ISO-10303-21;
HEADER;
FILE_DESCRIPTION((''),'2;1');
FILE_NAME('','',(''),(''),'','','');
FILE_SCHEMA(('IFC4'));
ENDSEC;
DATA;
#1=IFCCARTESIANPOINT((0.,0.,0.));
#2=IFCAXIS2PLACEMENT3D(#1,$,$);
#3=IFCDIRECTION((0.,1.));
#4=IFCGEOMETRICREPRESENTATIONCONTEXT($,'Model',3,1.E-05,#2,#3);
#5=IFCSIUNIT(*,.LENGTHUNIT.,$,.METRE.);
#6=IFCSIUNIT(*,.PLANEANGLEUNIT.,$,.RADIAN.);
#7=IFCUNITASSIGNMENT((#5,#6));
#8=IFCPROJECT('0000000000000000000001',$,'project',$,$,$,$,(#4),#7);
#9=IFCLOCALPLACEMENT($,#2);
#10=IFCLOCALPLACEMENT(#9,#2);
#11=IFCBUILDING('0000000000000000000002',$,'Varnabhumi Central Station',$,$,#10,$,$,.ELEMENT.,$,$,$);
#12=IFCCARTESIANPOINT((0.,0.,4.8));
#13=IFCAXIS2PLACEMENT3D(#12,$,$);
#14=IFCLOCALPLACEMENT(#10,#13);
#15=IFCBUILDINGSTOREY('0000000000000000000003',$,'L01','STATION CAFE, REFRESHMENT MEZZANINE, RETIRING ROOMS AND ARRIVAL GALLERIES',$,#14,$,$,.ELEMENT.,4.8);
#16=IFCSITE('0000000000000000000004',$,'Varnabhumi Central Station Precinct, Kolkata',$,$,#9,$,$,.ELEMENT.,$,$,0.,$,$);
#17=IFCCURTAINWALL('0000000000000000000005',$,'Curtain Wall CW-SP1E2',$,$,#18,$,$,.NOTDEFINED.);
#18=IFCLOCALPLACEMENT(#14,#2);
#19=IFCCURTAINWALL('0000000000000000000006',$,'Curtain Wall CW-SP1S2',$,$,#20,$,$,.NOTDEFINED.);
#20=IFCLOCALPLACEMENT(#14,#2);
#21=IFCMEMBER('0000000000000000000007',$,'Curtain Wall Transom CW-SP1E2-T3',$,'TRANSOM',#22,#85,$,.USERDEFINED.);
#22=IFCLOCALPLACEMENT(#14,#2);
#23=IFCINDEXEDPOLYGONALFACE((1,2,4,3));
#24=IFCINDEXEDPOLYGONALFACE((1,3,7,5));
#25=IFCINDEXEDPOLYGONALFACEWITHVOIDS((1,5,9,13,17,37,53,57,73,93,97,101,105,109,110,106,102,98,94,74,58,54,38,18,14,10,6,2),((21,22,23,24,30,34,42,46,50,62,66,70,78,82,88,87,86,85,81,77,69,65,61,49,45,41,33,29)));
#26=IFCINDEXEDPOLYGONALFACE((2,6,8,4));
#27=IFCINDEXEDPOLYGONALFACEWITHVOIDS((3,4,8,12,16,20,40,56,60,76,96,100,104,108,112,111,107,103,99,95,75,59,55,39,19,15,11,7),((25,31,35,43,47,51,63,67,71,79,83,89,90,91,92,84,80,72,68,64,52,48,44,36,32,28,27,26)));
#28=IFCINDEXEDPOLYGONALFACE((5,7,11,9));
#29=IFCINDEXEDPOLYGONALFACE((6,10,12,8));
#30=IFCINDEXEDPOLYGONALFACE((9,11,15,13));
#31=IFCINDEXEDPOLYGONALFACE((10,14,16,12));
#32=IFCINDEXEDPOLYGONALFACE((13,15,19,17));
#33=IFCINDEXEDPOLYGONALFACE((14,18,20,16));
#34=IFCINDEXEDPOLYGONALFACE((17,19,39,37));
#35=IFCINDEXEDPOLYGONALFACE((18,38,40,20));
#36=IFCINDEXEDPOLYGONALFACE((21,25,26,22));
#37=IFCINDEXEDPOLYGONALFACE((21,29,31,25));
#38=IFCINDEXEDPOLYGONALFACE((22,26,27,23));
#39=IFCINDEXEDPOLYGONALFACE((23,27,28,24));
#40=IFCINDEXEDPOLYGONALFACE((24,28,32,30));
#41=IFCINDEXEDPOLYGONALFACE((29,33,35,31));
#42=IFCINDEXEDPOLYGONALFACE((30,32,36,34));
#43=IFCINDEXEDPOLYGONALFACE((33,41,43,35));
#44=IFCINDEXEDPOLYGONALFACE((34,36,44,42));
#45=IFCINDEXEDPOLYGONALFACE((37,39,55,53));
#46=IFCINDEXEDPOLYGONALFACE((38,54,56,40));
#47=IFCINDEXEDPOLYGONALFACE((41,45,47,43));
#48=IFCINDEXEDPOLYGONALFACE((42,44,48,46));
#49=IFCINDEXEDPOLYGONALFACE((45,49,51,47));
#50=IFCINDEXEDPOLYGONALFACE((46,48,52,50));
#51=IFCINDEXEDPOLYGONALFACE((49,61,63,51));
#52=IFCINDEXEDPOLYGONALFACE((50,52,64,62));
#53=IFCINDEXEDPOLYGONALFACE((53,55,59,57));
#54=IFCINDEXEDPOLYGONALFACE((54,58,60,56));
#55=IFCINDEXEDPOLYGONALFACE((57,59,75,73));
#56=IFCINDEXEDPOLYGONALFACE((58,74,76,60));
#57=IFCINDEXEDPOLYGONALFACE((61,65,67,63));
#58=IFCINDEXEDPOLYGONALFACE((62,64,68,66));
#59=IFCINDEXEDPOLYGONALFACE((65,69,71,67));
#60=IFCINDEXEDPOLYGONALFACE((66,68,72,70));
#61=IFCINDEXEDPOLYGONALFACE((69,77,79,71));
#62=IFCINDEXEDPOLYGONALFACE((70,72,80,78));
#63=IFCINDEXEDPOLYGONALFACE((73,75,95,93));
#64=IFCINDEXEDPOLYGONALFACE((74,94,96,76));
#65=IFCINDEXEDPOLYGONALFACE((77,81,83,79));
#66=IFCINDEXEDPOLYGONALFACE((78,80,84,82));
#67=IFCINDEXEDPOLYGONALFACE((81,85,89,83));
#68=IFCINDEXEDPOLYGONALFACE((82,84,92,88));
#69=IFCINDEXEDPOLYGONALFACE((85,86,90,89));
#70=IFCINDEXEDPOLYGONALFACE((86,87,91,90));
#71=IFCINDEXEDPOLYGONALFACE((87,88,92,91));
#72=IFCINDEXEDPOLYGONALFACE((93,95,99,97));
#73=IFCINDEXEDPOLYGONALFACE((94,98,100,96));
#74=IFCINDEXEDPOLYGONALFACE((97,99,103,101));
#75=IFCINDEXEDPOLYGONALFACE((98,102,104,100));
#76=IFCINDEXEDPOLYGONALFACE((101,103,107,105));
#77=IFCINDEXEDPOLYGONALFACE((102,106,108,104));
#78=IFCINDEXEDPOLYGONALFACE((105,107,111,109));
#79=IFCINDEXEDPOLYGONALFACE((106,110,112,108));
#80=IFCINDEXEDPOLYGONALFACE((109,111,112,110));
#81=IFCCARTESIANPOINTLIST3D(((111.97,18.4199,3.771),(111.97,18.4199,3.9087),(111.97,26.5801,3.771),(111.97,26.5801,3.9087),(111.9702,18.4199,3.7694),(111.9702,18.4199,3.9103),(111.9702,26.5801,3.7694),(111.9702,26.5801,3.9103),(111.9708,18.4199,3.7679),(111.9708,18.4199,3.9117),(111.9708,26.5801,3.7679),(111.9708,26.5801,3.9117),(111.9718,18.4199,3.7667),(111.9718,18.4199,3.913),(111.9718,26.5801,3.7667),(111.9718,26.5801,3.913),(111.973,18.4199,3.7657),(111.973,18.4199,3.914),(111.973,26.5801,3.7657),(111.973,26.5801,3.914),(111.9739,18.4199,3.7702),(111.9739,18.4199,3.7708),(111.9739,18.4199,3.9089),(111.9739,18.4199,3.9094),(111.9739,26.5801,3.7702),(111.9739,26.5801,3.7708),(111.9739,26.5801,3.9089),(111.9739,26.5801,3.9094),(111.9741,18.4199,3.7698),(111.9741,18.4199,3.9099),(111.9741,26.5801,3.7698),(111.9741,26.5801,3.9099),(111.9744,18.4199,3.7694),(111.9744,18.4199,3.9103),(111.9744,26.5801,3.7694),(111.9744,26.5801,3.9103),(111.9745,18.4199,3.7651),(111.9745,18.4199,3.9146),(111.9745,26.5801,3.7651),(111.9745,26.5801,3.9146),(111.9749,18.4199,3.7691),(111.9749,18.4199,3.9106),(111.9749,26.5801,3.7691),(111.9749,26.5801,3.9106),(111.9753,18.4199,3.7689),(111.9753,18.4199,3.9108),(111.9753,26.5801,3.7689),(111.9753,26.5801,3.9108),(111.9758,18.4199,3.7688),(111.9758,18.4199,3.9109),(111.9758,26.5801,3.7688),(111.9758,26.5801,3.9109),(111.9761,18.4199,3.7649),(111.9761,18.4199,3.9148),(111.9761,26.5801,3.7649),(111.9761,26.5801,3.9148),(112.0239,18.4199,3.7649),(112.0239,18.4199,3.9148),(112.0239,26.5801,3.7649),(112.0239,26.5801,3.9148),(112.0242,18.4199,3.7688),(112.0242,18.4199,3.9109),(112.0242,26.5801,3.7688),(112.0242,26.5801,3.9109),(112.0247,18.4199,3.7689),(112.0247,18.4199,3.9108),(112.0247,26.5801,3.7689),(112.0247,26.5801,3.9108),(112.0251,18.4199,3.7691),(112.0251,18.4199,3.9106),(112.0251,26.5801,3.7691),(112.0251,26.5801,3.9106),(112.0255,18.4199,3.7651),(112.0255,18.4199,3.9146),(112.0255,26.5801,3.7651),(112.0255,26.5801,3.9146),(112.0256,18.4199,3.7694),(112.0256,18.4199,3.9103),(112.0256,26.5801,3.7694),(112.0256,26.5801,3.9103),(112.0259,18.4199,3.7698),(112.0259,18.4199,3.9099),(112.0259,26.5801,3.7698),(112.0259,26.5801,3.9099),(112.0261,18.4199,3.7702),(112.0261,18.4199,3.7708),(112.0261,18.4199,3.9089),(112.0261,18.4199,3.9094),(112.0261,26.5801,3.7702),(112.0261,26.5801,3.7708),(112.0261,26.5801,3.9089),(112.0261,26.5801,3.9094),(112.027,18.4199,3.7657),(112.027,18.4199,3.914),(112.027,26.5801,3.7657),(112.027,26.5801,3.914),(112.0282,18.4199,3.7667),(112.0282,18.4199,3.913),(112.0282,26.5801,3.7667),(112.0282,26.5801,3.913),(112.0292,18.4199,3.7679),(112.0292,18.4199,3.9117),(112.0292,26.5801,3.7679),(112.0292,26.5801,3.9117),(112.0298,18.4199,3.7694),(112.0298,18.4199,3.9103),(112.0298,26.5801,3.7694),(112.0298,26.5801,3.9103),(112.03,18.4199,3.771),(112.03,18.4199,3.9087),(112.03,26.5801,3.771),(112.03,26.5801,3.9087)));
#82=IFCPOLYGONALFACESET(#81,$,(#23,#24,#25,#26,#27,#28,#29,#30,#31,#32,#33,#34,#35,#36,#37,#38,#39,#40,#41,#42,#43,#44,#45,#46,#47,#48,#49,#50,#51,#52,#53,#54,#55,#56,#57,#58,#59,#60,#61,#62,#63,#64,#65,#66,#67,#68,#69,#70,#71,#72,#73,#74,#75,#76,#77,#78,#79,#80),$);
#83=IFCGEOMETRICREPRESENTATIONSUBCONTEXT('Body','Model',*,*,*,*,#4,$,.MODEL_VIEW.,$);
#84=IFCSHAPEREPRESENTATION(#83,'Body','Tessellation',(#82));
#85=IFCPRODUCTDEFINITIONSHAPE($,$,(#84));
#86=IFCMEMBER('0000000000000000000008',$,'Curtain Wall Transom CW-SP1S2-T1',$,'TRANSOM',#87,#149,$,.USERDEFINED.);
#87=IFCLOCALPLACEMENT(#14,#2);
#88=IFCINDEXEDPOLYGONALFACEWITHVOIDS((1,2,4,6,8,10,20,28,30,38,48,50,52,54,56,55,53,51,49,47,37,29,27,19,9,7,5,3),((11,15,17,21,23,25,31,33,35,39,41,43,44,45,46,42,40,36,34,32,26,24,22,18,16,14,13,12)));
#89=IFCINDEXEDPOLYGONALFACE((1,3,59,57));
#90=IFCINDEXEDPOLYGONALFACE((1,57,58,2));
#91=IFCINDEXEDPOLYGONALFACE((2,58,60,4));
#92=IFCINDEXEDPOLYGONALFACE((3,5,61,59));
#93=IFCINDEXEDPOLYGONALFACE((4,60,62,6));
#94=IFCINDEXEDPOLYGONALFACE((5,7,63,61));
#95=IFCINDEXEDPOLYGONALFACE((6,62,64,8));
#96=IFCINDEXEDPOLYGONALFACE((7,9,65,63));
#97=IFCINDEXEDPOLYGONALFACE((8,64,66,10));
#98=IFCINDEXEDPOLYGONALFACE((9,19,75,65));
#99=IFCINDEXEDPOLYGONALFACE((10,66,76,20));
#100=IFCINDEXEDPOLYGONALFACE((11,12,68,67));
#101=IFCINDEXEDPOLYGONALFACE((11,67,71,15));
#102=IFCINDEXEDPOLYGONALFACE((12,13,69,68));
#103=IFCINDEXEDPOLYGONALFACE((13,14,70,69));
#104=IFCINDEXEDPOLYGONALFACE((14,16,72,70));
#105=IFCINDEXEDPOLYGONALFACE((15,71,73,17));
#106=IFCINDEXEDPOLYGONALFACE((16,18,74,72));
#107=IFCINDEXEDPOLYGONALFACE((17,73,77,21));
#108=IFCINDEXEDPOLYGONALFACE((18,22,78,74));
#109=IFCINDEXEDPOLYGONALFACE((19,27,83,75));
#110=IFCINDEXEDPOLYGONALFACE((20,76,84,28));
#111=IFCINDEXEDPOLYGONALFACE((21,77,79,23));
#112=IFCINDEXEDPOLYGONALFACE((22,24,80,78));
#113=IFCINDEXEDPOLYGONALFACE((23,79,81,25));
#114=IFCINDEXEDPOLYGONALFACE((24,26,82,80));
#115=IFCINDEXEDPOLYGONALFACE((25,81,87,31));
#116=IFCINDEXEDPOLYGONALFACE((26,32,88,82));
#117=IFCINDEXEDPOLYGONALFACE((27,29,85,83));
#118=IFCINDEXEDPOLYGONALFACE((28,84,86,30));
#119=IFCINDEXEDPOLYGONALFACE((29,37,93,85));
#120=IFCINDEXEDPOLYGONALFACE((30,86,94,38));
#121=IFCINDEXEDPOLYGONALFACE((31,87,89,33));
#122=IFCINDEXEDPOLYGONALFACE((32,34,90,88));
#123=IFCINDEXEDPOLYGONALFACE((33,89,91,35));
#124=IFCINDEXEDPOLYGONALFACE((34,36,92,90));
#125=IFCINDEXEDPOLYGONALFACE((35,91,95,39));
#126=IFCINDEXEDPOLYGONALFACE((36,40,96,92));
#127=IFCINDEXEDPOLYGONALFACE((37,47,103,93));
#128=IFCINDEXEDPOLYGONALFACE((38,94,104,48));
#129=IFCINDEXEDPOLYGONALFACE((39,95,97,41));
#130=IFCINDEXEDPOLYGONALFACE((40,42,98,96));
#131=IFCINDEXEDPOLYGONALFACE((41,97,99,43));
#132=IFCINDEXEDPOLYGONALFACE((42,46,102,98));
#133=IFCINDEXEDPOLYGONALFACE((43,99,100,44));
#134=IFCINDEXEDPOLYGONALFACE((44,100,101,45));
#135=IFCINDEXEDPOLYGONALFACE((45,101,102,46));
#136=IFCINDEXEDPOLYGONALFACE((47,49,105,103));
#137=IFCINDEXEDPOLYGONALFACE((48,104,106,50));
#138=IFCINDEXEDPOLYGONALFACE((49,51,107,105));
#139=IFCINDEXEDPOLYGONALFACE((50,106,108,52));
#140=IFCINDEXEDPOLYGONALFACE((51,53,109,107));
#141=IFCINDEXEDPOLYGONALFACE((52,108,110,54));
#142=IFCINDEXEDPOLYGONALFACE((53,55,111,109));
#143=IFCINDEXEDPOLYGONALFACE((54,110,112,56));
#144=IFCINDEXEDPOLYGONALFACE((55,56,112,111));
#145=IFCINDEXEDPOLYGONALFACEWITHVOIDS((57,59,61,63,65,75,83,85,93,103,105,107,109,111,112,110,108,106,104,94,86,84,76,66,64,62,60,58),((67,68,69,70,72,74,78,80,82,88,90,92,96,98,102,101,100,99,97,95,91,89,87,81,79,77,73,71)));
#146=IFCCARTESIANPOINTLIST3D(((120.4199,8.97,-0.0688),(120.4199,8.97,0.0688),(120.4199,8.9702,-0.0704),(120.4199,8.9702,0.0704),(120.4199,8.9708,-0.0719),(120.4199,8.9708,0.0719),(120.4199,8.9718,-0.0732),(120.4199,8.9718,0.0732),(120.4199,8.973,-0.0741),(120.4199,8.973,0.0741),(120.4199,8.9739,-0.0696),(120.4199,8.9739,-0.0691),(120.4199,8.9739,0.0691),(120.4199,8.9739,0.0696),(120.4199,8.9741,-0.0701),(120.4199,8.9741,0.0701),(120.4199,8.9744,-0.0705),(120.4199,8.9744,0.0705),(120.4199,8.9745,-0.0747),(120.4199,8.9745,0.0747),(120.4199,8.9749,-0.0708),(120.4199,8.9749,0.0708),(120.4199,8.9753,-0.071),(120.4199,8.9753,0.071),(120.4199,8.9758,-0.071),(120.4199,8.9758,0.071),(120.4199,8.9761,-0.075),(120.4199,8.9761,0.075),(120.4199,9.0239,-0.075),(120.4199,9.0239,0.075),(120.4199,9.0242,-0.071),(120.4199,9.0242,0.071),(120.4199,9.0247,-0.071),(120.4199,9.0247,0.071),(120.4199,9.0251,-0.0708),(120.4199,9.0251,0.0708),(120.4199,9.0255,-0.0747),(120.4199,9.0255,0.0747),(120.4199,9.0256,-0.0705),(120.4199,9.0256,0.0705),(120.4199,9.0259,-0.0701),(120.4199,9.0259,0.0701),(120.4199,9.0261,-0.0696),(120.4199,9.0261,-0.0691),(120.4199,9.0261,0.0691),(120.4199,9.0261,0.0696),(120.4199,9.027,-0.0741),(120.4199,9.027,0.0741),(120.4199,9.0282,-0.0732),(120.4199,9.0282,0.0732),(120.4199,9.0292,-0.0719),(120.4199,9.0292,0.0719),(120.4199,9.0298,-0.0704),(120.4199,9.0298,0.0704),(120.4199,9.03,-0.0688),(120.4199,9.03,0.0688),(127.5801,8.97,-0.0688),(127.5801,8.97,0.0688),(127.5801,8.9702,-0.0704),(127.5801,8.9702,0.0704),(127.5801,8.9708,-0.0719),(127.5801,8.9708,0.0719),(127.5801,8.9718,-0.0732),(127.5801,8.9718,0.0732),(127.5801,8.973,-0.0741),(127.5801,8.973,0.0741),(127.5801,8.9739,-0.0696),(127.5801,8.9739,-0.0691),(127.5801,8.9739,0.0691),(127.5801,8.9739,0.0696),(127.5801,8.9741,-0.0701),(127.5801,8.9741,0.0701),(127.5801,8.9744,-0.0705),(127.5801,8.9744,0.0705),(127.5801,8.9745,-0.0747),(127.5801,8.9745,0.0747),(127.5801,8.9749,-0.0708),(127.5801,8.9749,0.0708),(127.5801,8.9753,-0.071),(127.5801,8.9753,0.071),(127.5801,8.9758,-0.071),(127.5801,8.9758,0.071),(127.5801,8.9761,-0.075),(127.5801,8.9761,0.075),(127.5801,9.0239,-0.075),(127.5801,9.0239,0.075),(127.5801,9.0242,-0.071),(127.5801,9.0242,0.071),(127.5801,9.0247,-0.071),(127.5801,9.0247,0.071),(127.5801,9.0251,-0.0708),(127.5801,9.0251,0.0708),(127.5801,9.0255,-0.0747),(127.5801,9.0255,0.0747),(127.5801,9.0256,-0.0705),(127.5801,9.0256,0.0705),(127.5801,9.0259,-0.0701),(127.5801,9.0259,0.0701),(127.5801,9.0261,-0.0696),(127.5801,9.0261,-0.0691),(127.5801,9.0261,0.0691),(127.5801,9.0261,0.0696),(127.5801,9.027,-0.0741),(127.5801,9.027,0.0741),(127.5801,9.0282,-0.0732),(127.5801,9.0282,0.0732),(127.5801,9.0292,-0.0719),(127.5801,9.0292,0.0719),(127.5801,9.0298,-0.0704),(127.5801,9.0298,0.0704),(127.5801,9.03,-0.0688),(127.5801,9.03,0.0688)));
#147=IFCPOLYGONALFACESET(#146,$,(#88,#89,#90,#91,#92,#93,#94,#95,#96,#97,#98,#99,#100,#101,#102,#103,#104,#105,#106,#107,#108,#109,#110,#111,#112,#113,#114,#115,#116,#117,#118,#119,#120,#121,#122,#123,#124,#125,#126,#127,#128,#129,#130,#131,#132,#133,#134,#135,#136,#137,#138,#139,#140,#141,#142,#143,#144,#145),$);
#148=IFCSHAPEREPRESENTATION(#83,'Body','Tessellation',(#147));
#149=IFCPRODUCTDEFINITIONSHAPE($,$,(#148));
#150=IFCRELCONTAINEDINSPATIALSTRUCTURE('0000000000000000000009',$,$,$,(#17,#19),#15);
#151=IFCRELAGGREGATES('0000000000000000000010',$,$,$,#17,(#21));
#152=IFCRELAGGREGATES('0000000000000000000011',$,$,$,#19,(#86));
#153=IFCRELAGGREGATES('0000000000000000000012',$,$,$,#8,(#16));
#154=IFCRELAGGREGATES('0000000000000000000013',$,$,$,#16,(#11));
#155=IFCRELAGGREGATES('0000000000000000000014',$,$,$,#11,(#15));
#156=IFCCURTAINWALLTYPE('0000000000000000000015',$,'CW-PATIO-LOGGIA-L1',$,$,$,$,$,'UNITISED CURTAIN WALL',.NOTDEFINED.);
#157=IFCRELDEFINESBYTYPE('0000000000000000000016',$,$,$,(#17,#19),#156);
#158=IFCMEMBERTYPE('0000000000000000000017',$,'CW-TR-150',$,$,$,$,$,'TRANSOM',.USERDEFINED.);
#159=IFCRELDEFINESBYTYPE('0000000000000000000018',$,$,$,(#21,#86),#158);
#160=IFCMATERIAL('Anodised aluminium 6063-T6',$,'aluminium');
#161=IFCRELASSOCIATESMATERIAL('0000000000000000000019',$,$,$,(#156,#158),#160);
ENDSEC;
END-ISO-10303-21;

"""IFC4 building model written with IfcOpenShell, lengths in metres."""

from ifc_helpers import new_model, si_unit, direction, frame, origin, origin_2d, place, context, subcontext, project, spatial, hollow_rectangle, extrude, material, material_profile, profile_set, type_object, element, aggregate, save


model = new_model("IFC4")

# Units and contexts
model_context = context("Model", 3, precision=1e-05, world=origin(), true_north=direction((0.0, 1.0)))
body_context = subcontext(model_context, "Body", "Model", "MODEL_VIEW")
ifc_project = project(units=[si_unit("LENGTHUNIT", "METRE"), si_unit("PLANEANGLEUNIT", "RADIAN")], contexts=[model_context])

# Site, building, storey
site_placement = place(None, origin())
site = spatial("IfcSite", under=ifc_project, at=site_placement, Name="Varnabhumi Central Station Precinct, Kolkata", CompositionType="ELEMENT", RefElevation=0.0)
building_placement = place(site_placement, origin())
building = spatial("IfcBuilding", under=site, at=building_placement, Name="Varnabhumi Central Station", CompositionType="ELEMENT")
storey_placement = place(building_placement, frame((0.0, 0.0, 4.8)))
storey = spatial("IfcBuildingStorey", under=building, at=storey_placement, Name="L01", Description="STATION CAFE, REFRESHMENT MEZZANINE, RETIRING ROOMS AND ARRIVAL GALLERIES", CompositionType="ELEMENT", Elevation=4.8)

# Curtain wall
ifc_material_1 = material(Name="Anodised aluminium 6063-T6", Category="aluminium")
curtain_wall_type = type_object("IfcCurtainWallType", Name="CW-PATIO-LOGGIA-L1", ElementType="UNITISED CURTAIN WALL", PredefinedType="NOTDEFINED", material=ifc_material_1)
curtain_wall_1_placement = place(storey_placement, origin())
curtain_wall_1 = element("IfcCurtainWall", 1, at=curtain_wall_1_placement, inside=storey, type_object=curtain_wall_type, Name="Curtain Wall CW-SP1E2", PredefinedType="NOTDEFINED")

# Curtain wall
curtain_wall_2_placement = place(storey_placement, origin())
curtain_wall_2 = element("IfcCurtainWall", 2, at=curtain_wall_2_placement, inside=storey, type_object=curtain_wall_type, Name="Curtain Wall CW-SP1S2", PredefinedType="NOTDEFINED")

# Members
ifc_material_profile_1 = material_profile(ifc_material_1, hollow_rectangle(XDim=0.0601, YDim=0.1499, WallThickness=0.0039, InnerFilletRadius=0.002, OuterFilletRadius=0.0061, at=origin_2d()), Name="Anodised aluminium 6063-T6", Category="aluminium")
ifc_profile_set_1 = profile_set([ifc_material_profile_1], Name="Anodised aluminium 6063-T6")
member_type_1 = type_object("IfcMemberType", Name="CW-TR-150", ElementType="TRANSOM", PredefinedType="USERDEFINED", material=ifc_profile_set_1)
member_1_placement = place(storey_placement, frame((112.0, 18.4199, 3.8398), z_axis=(0.0, 1.0, 0.0), x_axis=(-1.0, 0.0, 0.0)))
member_1 = element("IfcMember", 3, at=member_1_placement, type_object=member_type_1, Name="Curtain Wall Transom CW-SP1E2-T3", ObjectType="TRANSOM", PredefinedType="USERDEFINED", context=body_context, shape_type="SweptSolid", body=[
    extrude(hollow_rectangle(XDim=0.0601, YDim=0.1499, WallThickness=0.0039, InnerFilletRadius=0.002, OuterFilletRadius=0.0061, at=origin_2d()), origin(), (0.0, 0.0, 1.0), 8.1602),
])
member_2_placement = place(storey_placement, frame((120.4199, 9.0, 0.0), z_axis=(1.0, 0.0, 0.0), x_axis=(0.0, 1.0, 0.0)))
member_2 = element("IfcMember", 4, at=member_2_placement, type_object=member_type_1, Name="Curtain Wall Transom CW-SP1S2-T1", ObjectType="TRANSOM", PredefinedType="USERDEFINED", context=body_context, shape_type="SweptSolid", body=[
    extrude(hollow_rectangle(XDim=0.0601, YDim=0.1499, WallThickness=0.0039, InnerFilletRadius=0.002, OuterFilletRadius=0.0061, at=origin_2d()), origin(), (0.0, 0.0, 1.0), 7.1602),
])

aggregate(curtain_wall_1, [member_1])
aggregate(curtain_wall_2, [member_2])

save(model, "model.ifc")
